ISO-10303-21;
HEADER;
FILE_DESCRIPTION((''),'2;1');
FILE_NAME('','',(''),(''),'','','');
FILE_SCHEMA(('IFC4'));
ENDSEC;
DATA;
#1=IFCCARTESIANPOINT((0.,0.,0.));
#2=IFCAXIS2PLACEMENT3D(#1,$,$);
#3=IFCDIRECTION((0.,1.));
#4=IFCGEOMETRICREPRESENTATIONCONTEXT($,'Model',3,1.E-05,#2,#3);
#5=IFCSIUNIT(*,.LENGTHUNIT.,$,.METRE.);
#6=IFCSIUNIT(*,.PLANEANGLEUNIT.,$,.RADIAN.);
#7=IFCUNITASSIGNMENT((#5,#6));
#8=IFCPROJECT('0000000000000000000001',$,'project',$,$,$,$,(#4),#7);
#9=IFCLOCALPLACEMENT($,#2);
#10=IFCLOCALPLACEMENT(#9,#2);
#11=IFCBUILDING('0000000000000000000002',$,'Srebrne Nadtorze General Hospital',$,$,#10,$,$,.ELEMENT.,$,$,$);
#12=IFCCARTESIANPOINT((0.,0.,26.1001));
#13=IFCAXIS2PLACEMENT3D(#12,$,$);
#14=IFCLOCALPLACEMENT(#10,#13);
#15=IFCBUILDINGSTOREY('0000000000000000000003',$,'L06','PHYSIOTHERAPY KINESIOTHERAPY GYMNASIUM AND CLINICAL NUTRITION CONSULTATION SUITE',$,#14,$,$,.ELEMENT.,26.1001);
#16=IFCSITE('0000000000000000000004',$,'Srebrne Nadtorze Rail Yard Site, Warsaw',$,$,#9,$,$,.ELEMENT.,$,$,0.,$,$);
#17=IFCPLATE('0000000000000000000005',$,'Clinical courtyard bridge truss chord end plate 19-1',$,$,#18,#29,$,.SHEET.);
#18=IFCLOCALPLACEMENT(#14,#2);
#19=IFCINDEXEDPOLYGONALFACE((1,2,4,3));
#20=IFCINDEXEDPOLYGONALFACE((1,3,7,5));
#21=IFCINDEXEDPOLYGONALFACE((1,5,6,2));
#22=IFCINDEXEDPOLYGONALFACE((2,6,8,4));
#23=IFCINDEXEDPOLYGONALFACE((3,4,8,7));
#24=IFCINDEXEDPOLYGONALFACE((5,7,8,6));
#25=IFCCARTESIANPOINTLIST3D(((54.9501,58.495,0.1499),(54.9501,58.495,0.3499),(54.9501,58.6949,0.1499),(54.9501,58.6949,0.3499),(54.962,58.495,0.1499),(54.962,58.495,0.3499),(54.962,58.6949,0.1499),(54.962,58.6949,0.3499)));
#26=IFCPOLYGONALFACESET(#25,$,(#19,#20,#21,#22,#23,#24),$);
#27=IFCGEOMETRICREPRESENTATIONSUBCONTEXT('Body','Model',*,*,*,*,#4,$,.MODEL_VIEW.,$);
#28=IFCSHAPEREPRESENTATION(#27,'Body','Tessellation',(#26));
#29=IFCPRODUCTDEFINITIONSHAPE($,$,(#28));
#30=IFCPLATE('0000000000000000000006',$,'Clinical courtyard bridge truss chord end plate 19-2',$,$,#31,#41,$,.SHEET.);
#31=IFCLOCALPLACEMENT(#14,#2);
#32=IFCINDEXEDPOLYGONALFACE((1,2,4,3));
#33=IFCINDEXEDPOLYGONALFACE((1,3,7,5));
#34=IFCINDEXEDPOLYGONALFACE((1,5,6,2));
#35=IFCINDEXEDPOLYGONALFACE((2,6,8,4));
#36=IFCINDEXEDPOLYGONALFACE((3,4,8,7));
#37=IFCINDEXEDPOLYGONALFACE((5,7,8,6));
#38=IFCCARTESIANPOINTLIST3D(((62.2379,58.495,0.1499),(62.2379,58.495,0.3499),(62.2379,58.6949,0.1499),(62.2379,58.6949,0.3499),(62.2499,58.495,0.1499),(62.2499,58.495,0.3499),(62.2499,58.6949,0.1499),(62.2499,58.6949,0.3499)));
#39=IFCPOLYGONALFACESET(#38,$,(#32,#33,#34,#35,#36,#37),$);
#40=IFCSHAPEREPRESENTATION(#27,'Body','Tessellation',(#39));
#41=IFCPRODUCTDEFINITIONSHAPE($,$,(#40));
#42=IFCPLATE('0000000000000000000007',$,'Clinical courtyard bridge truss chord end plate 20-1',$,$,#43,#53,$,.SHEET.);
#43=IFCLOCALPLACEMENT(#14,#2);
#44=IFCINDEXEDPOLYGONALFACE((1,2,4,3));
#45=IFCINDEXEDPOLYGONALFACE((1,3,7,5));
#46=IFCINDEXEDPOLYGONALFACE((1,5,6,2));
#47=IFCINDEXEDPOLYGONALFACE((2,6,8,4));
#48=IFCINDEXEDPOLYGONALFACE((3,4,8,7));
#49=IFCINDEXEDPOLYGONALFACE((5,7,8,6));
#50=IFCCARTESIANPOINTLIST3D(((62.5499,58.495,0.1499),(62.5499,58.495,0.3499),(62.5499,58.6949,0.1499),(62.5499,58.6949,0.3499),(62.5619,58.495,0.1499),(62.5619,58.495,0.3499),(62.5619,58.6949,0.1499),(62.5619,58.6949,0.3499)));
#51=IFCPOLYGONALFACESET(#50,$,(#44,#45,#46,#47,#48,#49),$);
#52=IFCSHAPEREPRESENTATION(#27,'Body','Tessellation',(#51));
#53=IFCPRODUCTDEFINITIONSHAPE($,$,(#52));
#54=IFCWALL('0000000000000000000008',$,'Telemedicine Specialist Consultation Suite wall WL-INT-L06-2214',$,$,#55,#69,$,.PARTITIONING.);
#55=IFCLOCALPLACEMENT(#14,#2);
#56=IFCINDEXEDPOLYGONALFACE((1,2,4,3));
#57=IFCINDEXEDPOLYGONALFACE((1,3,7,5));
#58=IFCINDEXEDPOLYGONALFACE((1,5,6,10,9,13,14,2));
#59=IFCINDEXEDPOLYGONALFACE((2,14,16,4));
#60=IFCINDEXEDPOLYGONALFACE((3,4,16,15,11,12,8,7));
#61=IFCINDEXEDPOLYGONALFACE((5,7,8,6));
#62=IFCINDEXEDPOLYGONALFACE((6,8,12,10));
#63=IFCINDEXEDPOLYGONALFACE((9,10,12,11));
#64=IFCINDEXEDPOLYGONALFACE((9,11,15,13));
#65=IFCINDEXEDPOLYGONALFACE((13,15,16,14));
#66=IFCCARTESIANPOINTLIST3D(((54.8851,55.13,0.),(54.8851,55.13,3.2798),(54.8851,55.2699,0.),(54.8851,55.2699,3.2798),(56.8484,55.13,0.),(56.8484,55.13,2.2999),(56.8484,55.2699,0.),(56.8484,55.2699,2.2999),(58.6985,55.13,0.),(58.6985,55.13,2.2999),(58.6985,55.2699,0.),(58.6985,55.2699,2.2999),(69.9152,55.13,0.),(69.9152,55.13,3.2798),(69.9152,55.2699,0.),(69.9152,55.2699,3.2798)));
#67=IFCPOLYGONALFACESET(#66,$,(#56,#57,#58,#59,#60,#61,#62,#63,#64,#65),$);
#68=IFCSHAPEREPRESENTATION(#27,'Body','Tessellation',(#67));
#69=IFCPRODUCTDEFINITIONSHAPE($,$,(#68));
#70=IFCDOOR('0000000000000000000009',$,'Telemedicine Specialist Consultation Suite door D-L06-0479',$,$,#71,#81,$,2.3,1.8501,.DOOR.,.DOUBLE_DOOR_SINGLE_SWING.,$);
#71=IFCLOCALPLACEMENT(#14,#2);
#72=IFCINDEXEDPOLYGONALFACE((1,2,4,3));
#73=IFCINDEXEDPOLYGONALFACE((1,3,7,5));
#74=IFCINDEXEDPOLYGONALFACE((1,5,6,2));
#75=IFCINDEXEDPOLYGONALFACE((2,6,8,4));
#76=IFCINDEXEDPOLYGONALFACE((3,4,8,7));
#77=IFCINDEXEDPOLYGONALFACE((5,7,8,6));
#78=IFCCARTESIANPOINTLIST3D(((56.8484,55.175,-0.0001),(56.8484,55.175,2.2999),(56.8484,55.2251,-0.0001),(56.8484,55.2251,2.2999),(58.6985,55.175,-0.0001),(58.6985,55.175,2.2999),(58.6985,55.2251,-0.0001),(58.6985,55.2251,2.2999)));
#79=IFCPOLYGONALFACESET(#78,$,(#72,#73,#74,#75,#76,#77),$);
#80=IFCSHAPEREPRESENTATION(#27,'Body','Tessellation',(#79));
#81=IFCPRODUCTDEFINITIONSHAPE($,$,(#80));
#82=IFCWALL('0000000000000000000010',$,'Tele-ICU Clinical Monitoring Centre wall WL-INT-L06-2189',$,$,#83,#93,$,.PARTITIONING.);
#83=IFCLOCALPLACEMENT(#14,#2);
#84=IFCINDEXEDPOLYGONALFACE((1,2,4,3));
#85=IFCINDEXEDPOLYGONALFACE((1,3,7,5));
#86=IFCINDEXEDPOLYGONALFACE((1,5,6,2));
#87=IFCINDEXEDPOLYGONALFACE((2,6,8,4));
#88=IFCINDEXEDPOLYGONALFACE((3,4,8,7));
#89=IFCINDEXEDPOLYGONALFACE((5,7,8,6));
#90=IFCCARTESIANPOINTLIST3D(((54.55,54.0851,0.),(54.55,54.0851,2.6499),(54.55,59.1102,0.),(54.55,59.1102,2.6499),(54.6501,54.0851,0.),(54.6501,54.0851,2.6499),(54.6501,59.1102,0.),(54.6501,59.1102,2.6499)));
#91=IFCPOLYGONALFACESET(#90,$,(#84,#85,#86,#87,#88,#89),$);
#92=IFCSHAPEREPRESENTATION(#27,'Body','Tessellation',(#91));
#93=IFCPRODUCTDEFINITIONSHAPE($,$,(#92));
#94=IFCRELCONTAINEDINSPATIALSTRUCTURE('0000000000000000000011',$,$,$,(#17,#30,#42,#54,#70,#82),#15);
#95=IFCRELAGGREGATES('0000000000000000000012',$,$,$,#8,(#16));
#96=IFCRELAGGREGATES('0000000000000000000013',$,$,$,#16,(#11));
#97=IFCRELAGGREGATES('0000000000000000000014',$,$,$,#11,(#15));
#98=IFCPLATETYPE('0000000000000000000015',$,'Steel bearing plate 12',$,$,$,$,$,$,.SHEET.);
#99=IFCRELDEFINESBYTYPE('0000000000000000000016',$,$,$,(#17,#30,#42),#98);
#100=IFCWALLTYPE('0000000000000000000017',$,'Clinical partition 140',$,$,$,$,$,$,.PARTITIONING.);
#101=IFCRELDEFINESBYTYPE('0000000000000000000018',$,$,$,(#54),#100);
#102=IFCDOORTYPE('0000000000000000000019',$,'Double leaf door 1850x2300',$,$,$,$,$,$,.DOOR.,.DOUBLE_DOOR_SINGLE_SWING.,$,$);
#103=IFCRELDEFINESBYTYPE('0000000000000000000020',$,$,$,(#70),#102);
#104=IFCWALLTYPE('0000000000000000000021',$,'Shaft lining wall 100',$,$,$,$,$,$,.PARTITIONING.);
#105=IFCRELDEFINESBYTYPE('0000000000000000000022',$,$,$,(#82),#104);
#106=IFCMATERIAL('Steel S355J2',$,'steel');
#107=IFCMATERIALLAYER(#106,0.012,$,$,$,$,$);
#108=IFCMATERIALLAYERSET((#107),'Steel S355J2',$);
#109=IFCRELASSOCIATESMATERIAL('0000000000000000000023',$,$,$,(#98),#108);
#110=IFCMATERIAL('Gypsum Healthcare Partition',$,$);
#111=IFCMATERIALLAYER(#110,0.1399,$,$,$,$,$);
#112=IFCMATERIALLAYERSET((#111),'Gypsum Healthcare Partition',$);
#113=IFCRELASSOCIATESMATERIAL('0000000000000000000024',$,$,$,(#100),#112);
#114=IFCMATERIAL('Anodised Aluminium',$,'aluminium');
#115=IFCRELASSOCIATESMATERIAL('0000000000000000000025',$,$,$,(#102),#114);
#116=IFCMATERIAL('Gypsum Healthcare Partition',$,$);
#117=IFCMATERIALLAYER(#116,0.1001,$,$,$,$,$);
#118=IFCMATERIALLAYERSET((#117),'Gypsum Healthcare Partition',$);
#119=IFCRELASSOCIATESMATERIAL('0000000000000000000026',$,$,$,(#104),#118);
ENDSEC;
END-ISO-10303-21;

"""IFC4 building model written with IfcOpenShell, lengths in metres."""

from ifc_helpers import new_model, si_unit, direction, frame, frame_2d, origin, origin_2d, place, context, subcontext, project, spatial, rectangle, extrude, material, layer, layer_set, type_object, element, fill, save


model = new_model("IFC4")

# Units and contexts
model_context = context("Model", 3, precision=1e-05, world=origin(), true_north=direction((0.0, 1.0)))
body_context = subcontext(model_context, "Body", "Model", "MODEL_VIEW")
ifc_project = project(units=[si_unit("LENGTHUNIT", "METRE"), si_unit("PLANEANGLEUNIT", "RADIAN")], contexts=[model_context])

# Site, building, storey
site_placement = place(None, origin())
site = spatial("IfcSite", under=ifc_project, at=site_placement, Name="Srebrne Nadtorze Rail Yard Site, Warsaw", CompositionType="ELEMENT", RefElevation=0.0)
building_placement = place(site_placement, origin())
building = spatial("IfcBuilding", under=site, at=building_placement, Name="Srebrne Nadtorze General Hospital", CompositionType="ELEMENT")
storey_placement = place(building_placement, frame((0.0, 0.0, 26.1001)))
storey = spatial("IfcBuildingStorey", under=building, at=storey_placement, Name="L06", Description="PHYSIOTHERAPY KINESIOTHERAPY GYMNASIUM AND CLINICAL NUTRITION CONSULTATION SUITE", CompositionType="ELEMENT", Elevation=26.1001)

# Plates
ifc_material_1 = material(Name="Steel S355J2", Category="steel")
ifc_layer_1 = layer(ifc_material_1, 0.012)
ifc_layer_set_1 = layer_set([ifc_layer_1], Name="Steel S355J2")
plate_type_1 = type_object("IfcPlateType", Name="Steel bearing plate 12", PredefinedType="SHEET", material=ifc_layer_set_1)
for number, where, z_axis, x_axis, name in (
    (1, (54.9561, 58.595, 0.1499), (0.0, 0.0, 1.0), (1.0, 0.0, 0.0), "Clinical courtyard bridge truss chord end plate 19-1"),
    (2, (62.2439, 58.595, 0.1499), (0.0, 0.0, 1.0), (1.0, 0.0, 0.0), "Clinical courtyard bridge truss chord end plate 19-2"),
    (3, (62.5559, 58.595, 0.1499), (0.0, 0.0, 1.0), (1.0, 0.0, 0.0), "Clinical courtyard bridge truss chord end plate 20-1"),
):
    element("IfcPlate", number, at=place(storey_placement, frame(where, z_axis=z_axis, x_axis=x_axis)), inside=storey, type_object=plate_type_1, Name=name, PredefinedType="SHEET", context=body_context, shape_type="SweptSolid", body=[
        extrude(rectangle(XDim=0.012, YDim=0.2, at=origin_2d()), origin(), (0.0, 0.0, 1.0), 0.2),
    ])

# Wall, opening, door
ifc_material_2 = material(Name="Gypsum Healthcare Partition")
ifc_layer_2 = layer(ifc_material_2, 0.1399)
ifc_layer_set_2 = layer_set([ifc_layer_2], Name="Gypsum Healthcare Partition")
wall_type_1 = type_object("IfcWallType", Name="Clinical partition 140", PredefinedType="PARTITIONING", material=ifc_layer_set_2)
wall_1_placement = place(storey_placement, frame((54.885, 55.2, 0.0), z_axis=(0.0, 0.0, 1.0), x_axis=(1.0, 0.0, 0.0)))
wall_1 = element("IfcWall", 4, at=wall_1_placement, inside=storey, type_object=wall_type_1, Name="Telemedicine Specialist Consultation Suite wall WL-INT-L06-2214", PredefinedType="PARTITIONING", context=body_context, shape_type="SweptSolid", body=[
    extrude(rectangle(XDim=15.03, YDim=0.1399, at=frame_2d((7.5151, 0.0))), origin(), (0.0, 0.0, 1.0), 3.2798),
])
opening_placement = place(wall_1_placement, frame((1.9634, 0.0, 0.0)))
opening = element("IfcOpeningElement", 5, at=opening_placement, cuts=wall_1, PredefinedType="OPENING", context=body_context, shape_type="SweptSolid", body=[
    extrude(rectangle(XDim=1.8501, YDim=2.3, at=frame_2d((0.925, 1.1499))), frame((0.0, 0.082, 0.0), z_axis=(0.0, -1.0, 0.0), x_axis=(1.0, 0.0, 0.0)), (0.0, 0.0, 1.0), 0.1638),
])
ifc_material_3 = material(Name="Anodised Aluminium", Category="aluminium")
door_type = type_object("IfcDoorType", Name="Double leaf door 1850x2300", OperationType="DOUBLE_DOOR_SINGLE_SWING", PredefinedType="DOOR", material=ifc_material_3)
door_placement = place(opening_placement, frame((1.8501, 0.0, 0.0), z_axis=(0.0, 0.0, 1.0), x_axis=(-1.0, 0.0, 0.0)))
door = element("IfcDoor", 6, at=door_placement, inside=storey, type_object=door_type, Name="Telemedicine Specialist Consultation Suite door D-L06-0479", OperationType="DOUBLE_DOOR_SINGLE_SWING", OverallHeight=2.3, OverallWidth=1.8501, PredefinedType="DOOR", context=body_context, shape_type="SweptSolid", body=[
    extrude(rectangle(XDim=1.8501, YDim=2.3, at=frame_2d((0.925, 1.1499))), frame((0.0, 0.0249, 0.0), z_axis=(0.0, -1.0, 0.0), x_axis=(1.0, 0.0, 0.0)), (0.0, 0.0, 1.0), 0.05),
])
fill(opening, door)

# Wall
ifc_material_4 = material(Name="Gypsum Healthcare Partition")
ifc_layer_3 = layer(ifc_material_4, 0.1001)
ifc_layer_set_3 = layer_set([ifc_layer_3], Name="Gypsum Healthcare Partition")
wall_type_2 = type_object("IfcWallType", Name="Shaft lining wall 100", PredefinedType="PARTITIONING", material=ifc_layer_set_3)
wall_2_placement = place(storey_placement, frame((54.6001, 54.085, 0.0), z_axis=(0.0, 0.0, 1.0), x_axis=(0.0, 1.0, 0.0)))
element("IfcWall", 7, at=wall_2_placement, inside=storey, type_object=wall_type_2, Name="Tele-ICU Clinical Monitoring Centre wall WL-INT-L06-2189", PredefinedType="PARTITIONING", context=body_context, shape_type="SweptSolid", body=[
    extrude(rectangle(XDim=5.0251, YDim=0.1001, at=frame_2d((2.5127, 0.0))), origin(), (0.0, 0.0, 1.0), 2.6499),
])

save(model, "model.ifc")
